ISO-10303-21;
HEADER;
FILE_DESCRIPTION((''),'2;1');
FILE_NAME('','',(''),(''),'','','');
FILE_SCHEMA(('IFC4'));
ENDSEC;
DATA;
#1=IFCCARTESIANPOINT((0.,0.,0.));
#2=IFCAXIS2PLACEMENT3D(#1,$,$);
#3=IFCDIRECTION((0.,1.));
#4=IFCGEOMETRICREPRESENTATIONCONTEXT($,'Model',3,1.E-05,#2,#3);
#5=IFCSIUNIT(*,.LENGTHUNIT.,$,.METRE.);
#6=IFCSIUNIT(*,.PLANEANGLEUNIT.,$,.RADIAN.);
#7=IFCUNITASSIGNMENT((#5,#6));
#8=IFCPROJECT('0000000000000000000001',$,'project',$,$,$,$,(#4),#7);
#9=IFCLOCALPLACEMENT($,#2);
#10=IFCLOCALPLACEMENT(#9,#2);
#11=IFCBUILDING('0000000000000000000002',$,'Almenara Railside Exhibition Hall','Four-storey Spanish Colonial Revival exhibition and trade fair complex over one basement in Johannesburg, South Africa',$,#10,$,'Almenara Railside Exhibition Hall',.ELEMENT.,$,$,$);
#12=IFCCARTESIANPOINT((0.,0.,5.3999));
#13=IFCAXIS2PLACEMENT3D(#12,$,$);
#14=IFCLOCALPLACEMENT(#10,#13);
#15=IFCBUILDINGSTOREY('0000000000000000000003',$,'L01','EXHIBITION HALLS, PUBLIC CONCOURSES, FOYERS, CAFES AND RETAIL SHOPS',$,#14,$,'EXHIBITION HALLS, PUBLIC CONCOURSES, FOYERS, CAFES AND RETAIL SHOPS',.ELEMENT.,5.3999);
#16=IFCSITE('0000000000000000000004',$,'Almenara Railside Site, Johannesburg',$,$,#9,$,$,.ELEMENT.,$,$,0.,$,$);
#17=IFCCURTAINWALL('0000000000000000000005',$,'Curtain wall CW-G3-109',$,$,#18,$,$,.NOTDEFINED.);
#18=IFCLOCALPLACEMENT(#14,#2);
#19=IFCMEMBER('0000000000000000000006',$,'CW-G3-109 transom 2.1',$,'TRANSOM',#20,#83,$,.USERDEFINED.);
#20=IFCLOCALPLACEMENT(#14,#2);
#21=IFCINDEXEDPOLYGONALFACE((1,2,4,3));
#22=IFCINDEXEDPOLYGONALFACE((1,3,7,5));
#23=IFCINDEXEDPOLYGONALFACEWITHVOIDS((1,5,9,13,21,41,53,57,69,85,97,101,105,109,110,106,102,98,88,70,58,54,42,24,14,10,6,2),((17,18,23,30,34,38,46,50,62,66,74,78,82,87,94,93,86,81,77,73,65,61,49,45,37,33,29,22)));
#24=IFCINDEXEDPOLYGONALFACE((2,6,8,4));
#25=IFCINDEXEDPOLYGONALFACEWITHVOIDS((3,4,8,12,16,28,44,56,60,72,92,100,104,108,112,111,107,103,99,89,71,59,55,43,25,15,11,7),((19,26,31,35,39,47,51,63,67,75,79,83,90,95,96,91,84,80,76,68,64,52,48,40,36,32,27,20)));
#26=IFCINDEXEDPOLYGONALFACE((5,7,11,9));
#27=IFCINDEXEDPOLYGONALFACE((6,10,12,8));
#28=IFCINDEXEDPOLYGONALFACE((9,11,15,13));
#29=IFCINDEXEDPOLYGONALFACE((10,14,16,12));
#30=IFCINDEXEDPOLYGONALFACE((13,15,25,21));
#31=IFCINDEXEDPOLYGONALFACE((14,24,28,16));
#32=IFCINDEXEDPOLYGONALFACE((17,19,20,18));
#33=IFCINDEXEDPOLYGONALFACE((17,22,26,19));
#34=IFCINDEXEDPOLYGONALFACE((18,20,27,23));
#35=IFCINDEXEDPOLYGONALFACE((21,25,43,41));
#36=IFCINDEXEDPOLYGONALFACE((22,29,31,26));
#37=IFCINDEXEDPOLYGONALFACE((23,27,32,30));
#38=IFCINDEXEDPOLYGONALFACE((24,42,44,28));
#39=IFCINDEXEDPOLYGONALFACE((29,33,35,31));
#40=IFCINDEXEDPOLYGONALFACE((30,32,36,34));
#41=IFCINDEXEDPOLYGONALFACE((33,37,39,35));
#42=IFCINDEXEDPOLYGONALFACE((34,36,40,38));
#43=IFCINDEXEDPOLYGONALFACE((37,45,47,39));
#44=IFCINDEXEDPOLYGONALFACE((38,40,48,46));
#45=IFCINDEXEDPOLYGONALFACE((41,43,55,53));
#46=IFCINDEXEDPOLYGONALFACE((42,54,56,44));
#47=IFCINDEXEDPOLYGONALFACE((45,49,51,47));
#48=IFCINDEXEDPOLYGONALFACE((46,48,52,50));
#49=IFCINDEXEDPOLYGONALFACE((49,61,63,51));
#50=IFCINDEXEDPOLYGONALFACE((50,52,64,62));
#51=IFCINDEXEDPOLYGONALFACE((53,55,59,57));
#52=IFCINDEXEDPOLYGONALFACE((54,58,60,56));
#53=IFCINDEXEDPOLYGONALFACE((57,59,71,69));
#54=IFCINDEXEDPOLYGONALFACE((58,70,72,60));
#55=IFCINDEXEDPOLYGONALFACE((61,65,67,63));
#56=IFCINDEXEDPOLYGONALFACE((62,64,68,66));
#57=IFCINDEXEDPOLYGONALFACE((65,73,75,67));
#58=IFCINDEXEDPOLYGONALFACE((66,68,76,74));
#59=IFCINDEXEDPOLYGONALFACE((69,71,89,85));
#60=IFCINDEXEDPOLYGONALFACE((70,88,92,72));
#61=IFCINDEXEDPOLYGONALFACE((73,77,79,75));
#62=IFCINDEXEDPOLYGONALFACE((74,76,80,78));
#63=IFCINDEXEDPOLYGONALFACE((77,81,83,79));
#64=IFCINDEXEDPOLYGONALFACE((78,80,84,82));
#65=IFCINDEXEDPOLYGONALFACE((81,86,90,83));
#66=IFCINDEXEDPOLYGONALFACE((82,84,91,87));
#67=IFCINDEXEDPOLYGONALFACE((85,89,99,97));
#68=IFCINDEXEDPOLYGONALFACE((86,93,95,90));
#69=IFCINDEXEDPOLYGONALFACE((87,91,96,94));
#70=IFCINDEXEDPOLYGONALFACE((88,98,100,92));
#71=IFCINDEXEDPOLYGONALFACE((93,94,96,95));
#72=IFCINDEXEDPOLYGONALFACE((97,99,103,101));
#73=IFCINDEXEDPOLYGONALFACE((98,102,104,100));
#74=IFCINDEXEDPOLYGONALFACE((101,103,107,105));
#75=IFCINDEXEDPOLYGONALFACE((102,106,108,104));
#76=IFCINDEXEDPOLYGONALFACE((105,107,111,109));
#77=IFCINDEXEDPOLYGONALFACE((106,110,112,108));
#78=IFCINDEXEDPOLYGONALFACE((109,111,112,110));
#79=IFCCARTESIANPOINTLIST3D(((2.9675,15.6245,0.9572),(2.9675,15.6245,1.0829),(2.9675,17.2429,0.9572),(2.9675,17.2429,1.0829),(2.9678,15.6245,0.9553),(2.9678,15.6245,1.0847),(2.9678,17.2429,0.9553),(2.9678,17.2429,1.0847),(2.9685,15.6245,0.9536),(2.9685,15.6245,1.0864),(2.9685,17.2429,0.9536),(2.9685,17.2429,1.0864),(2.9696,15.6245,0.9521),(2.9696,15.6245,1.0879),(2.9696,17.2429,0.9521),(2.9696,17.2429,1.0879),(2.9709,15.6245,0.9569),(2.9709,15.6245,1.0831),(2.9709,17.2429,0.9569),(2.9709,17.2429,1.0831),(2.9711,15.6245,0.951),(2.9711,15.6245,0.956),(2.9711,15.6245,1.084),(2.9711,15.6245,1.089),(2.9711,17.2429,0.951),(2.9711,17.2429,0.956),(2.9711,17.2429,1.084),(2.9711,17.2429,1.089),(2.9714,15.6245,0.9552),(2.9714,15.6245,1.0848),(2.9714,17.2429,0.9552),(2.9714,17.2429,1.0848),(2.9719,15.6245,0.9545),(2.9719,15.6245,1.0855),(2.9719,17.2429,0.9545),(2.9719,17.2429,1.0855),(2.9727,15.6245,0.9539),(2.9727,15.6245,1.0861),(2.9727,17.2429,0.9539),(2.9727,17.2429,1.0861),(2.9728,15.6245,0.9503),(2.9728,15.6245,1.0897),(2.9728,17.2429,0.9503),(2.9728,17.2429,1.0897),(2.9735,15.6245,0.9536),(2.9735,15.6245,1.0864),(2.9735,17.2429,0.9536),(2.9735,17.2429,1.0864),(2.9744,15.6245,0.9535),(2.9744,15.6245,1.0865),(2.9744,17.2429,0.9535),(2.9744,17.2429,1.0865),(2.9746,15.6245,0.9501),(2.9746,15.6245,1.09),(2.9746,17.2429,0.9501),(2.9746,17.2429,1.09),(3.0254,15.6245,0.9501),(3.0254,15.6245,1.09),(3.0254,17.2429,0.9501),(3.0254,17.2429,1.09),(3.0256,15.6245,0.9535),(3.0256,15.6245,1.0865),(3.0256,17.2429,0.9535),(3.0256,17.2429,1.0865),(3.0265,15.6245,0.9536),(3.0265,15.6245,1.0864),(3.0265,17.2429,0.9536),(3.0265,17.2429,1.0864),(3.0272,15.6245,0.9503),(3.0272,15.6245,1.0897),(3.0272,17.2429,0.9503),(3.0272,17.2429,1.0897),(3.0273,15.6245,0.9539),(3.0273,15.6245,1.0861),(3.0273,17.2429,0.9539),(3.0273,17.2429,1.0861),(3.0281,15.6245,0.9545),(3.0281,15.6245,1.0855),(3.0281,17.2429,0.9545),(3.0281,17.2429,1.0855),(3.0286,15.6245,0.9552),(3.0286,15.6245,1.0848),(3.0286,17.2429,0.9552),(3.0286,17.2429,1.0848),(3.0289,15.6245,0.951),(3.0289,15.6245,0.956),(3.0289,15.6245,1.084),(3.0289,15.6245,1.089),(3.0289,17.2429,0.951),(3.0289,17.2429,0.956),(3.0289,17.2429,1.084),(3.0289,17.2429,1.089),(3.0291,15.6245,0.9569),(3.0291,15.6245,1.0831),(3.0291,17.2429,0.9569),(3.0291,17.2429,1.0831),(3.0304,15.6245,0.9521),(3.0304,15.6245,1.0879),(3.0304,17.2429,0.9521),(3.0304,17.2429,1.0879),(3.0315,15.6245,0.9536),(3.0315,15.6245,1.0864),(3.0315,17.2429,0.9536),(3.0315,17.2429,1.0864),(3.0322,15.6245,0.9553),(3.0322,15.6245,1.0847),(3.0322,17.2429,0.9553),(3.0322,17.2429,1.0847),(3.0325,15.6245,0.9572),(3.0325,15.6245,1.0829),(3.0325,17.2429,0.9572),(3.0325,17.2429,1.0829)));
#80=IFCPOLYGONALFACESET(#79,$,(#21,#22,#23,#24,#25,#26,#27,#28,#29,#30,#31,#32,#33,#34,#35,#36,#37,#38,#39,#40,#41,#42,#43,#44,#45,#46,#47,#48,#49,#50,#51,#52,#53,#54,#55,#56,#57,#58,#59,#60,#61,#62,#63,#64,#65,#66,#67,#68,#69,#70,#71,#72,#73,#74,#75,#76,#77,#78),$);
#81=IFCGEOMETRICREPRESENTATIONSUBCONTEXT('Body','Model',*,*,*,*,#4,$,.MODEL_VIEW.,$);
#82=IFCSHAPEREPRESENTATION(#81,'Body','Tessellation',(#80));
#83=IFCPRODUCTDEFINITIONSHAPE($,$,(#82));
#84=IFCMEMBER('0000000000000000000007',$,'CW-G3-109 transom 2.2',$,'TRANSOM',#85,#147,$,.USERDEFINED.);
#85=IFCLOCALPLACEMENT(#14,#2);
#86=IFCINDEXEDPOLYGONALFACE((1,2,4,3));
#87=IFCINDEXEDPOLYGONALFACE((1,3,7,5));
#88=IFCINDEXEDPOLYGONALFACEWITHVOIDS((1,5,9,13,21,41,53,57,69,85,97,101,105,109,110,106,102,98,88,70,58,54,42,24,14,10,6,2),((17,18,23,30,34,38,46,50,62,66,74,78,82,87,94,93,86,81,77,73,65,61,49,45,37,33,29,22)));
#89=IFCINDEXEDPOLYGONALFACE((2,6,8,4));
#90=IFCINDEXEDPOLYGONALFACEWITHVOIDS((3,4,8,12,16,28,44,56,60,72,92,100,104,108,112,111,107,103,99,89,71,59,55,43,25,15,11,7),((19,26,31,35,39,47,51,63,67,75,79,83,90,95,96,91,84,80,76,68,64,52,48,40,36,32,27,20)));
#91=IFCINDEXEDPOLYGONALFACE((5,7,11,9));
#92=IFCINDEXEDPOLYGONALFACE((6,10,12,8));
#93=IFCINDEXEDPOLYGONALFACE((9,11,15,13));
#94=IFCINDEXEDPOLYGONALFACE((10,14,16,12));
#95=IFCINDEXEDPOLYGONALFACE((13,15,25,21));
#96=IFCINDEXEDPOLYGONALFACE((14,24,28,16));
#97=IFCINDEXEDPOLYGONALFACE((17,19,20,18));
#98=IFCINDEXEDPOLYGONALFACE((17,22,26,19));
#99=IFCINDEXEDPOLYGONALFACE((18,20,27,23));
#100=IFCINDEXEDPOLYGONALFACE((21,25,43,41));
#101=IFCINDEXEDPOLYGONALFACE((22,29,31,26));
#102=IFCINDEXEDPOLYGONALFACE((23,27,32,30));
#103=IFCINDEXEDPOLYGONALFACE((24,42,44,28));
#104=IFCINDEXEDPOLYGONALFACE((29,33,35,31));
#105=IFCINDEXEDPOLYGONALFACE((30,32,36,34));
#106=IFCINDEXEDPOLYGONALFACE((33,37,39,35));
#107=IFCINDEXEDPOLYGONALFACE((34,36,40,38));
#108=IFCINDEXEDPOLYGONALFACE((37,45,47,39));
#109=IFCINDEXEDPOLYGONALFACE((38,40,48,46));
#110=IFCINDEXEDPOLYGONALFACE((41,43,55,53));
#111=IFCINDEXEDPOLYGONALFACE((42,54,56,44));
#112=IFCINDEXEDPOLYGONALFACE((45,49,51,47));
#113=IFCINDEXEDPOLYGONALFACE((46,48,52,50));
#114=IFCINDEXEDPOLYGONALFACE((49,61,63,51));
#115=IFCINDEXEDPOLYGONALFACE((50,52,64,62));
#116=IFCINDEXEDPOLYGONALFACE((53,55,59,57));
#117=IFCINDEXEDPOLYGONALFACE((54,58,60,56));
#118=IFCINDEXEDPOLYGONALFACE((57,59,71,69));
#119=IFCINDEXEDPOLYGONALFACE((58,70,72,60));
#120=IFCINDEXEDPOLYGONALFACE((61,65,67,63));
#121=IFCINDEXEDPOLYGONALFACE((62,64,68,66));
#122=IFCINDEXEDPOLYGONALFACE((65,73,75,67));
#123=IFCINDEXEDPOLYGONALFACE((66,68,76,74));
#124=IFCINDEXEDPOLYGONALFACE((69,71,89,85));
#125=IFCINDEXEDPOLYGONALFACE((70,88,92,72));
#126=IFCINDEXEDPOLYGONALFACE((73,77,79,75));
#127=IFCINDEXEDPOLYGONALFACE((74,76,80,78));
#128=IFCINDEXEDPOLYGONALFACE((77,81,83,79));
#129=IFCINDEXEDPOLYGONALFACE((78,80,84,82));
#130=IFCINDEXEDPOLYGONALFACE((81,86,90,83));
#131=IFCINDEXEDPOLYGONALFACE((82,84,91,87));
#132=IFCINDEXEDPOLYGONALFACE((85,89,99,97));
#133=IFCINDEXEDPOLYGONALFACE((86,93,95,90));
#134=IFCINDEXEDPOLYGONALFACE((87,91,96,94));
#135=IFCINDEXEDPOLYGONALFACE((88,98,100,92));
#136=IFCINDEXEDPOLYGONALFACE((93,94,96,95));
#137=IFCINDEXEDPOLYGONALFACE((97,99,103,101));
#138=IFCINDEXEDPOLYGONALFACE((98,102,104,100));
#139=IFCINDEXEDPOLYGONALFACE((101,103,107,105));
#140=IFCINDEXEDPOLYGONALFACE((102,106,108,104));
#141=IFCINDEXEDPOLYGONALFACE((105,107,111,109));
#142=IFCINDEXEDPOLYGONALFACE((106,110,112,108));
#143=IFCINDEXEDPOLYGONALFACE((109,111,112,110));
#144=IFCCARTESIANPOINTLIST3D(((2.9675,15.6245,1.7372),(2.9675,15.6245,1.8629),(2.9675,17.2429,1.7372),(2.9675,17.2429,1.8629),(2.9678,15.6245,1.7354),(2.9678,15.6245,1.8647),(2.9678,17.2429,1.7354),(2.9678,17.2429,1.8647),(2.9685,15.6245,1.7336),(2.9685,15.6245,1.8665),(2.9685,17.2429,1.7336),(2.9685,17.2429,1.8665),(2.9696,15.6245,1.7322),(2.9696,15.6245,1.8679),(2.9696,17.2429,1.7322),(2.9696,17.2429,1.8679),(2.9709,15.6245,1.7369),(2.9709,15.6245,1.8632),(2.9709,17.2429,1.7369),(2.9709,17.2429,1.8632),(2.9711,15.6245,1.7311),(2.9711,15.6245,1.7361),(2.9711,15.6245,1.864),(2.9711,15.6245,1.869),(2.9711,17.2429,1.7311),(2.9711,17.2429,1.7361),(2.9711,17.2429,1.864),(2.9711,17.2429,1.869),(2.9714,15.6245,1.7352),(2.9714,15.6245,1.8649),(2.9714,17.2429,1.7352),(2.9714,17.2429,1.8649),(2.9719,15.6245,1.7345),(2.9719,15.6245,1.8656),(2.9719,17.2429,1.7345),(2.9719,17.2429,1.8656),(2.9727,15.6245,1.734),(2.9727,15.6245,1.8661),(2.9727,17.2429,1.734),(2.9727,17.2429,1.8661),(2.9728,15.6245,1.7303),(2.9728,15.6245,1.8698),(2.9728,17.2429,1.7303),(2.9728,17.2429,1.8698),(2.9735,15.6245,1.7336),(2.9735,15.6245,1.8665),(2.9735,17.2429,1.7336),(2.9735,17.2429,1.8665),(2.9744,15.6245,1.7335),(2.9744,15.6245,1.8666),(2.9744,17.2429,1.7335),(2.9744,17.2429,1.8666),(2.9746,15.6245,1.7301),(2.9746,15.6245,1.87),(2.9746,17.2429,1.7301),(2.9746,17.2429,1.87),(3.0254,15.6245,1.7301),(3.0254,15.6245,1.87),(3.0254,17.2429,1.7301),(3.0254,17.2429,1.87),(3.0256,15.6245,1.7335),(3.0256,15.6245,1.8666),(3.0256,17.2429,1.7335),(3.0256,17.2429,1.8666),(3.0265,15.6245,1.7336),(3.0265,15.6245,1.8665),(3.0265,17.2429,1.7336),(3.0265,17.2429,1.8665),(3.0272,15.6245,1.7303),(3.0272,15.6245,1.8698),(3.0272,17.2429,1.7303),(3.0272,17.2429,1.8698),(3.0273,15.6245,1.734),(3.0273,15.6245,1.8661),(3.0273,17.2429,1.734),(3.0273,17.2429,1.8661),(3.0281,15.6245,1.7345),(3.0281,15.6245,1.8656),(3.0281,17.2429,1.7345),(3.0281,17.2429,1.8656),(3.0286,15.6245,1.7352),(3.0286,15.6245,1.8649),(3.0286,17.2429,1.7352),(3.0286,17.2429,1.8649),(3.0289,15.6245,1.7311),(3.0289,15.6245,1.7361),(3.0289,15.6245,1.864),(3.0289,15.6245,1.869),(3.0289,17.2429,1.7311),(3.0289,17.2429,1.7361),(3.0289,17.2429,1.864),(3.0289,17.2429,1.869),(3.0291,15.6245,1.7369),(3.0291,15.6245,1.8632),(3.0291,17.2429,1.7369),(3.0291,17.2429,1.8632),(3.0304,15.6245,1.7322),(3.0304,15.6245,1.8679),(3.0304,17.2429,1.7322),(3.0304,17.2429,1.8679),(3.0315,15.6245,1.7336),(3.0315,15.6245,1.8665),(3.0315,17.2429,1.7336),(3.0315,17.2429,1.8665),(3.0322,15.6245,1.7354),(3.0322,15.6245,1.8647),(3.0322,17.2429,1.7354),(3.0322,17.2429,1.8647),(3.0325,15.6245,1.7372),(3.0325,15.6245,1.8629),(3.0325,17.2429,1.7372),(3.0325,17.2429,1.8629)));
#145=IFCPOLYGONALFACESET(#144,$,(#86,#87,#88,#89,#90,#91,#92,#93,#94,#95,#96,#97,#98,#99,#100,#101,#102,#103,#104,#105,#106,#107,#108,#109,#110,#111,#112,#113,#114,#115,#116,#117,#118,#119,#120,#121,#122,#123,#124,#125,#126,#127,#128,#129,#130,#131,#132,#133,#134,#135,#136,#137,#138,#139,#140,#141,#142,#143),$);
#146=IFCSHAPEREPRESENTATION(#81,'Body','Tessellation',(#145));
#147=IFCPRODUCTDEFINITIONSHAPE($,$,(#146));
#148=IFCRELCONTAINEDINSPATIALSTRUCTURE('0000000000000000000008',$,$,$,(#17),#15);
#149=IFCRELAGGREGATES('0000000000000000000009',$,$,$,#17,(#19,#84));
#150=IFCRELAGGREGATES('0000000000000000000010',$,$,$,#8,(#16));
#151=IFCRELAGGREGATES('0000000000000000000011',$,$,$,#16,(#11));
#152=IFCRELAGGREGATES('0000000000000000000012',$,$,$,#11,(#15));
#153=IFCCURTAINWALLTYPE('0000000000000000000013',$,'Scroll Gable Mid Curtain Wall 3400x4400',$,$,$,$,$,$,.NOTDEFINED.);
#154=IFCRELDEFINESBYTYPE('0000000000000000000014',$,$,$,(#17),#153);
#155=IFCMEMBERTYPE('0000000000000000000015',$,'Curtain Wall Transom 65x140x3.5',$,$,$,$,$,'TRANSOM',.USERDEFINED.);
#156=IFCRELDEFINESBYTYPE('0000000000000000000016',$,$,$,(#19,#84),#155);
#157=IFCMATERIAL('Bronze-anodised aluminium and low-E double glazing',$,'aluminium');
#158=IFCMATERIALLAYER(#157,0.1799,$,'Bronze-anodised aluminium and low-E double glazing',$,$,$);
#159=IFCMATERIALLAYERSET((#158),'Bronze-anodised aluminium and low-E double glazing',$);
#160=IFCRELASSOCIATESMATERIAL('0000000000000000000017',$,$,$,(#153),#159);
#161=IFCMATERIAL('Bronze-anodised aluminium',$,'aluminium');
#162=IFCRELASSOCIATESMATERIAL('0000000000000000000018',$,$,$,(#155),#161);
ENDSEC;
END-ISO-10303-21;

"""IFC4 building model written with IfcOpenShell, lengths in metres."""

from ifc_helpers import new_model, si_unit, direction, frame, origin, origin_2d, place, context, subcontext, project, spatial, hollow_rectangle, extrude, material, layer, layer_set, material_profile, profile_set, type_object, element, aggregate, save


model = new_model("IFC4")

# Units and contexts
model_context = context("Model", 3, precision=1e-05, world=origin(), true_north=direction((0.0, 1.0)))
body_context = subcontext(model_context, "Body", "Model", "MODEL_VIEW")
ifc_project = project(units=[si_unit("LENGTHUNIT", "METRE"), si_unit("PLANEANGLEUNIT", "RADIAN")], contexts=[model_context])

# Site, building, storey
site_placement = place(None, origin())
site = spatial("IfcSite", under=ifc_project, at=site_placement, Name="Almenara Railside Site, Johannesburg", CompositionType="ELEMENT", RefElevation=0.0)
building_placement = place(site_placement, origin())
building = spatial("IfcBuilding", under=site, at=building_placement, Name="Almenara Railside Exhibition Hall", Description="Four-storey Spanish Colonial Revival exhibition and trade fair complex over one basement in Johannesburg, South Africa", LongName="Almenara Railside Exhibition Hall", CompositionType="ELEMENT")
storey_placement = place(building_placement, frame((0.0, 0.0, 5.3999)))
storey = spatial("IfcBuildingStorey", under=building, at=storey_placement, Name="L01", Description="EXHIBITION HALLS, PUBLIC CONCOURSES, FOYERS, CAFES AND RETAIL SHOPS", LongName="EXHIBITION HALLS, PUBLIC CONCOURSES, FOYERS, CAFES AND RETAIL SHOPS", CompositionType="ELEMENT", Elevation=5.3999)

# Curtain wall
ifc_material_1 = material(Name="Bronze-anodised aluminium and low-E double glazing", Category="aluminium")
ifc_layer_1 = layer(ifc_material_1, 0.1799, Name="Bronze-anodised aluminium and low-E double glazing")
ifc_layer_set_1 = layer_set([ifc_layer_1], Name="Bronze-anodised aluminium and low-E double glazing")
curtain_wall_type = type_object("IfcCurtainWallType", Name="Scroll Gable Mid Curtain Wall 3400x4400", PredefinedType="NOTDEFINED", material=ifc_layer_set_1)
ifc_material_2 = material(Name="Bronze-anodised aluminium", Category="aluminium")
curtain_wall_1_placement = place(storey_placement, origin())
curtain_wall_1 = element("IfcCurtainWall", 1, at=curtain_wall_1_placement, inside=storey, type_object=curtain_wall_type, Name="Curtain wall CW-G3-109", PredefinedType="NOTDEFINED")

# Members
ifc_material_profile_1 = material_profile(ifc_material_2, hollow_rectangle(XDim=0.0649, YDim=0.1399, WallThickness=0.0034, InnerFilletRadius=0.0034, OuterFilletRadius=0.0071, at=origin_2d()), Name="ALU-TRN 65x140x3.5")
ifc_profile_set_1 = profile_set([ifc_material_profile_1], Name="Bronze-anodised aluminium")
member_type_1 = type_object("IfcMemberType", Name="Curtain Wall Transom 65x140x3.5", ElementType="TRANSOM", PredefinedType="USERDEFINED", material=ifc_profile_set_1)
member_1_placement = place(storey_placement, frame((3.0, 15.6245, 1.02), z_axis=(0.0, 1.0, 0.0), x_axis=(-1.0, 0.0, 0.0)))
member_1 = element("IfcMember", 2, at=member_1_placement, type_object=member_type_1, Name="CW-G3-109 transom 2.1", ObjectType="TRANSOM", PredefinedType="USERDEFINED", context=body_context, shape_type="SweptSolid", body=[
    extrude(hollow_rectangle(XDim=0.0649, YDim=0.1399, WallThickness=0.0034, InnerFilletRadius=0.0034, OuterFilletRadius=0.0071, at=origin_2d()), origin(), (0.0, 0.0, 1.0), 1.6184),
])
member_2_placement = place(storey_placement, frame((3.0, 15.6245, 1.8), z_axis=(0.0, 1.0, 0.0), x_axis=(-1.0, 0.0, 0.0)))
member_2 = element("IfcMember", 3, at=member_2_placement, type_object=member_type_1, Name="CW-G3-109 transom 2.2", ObjectType="TRANSOM", PredefinedType="USERDEFINED", context=body_context, shape_type="SweptSolid", body=[
    extrude(hollow_rectangle(XDim=0.0649, YDim=0.1399, WallThickness=0.0034, InnerFilletRadius=0.0034, OuterFilletRadius=0.0071, at=origin_2d()), origin(), (0.0, 0.0, 1.0), 1.6184),
])

aggregate(curtain_wall_1, [member_1, member_2])

save(model, "model.ifc")
